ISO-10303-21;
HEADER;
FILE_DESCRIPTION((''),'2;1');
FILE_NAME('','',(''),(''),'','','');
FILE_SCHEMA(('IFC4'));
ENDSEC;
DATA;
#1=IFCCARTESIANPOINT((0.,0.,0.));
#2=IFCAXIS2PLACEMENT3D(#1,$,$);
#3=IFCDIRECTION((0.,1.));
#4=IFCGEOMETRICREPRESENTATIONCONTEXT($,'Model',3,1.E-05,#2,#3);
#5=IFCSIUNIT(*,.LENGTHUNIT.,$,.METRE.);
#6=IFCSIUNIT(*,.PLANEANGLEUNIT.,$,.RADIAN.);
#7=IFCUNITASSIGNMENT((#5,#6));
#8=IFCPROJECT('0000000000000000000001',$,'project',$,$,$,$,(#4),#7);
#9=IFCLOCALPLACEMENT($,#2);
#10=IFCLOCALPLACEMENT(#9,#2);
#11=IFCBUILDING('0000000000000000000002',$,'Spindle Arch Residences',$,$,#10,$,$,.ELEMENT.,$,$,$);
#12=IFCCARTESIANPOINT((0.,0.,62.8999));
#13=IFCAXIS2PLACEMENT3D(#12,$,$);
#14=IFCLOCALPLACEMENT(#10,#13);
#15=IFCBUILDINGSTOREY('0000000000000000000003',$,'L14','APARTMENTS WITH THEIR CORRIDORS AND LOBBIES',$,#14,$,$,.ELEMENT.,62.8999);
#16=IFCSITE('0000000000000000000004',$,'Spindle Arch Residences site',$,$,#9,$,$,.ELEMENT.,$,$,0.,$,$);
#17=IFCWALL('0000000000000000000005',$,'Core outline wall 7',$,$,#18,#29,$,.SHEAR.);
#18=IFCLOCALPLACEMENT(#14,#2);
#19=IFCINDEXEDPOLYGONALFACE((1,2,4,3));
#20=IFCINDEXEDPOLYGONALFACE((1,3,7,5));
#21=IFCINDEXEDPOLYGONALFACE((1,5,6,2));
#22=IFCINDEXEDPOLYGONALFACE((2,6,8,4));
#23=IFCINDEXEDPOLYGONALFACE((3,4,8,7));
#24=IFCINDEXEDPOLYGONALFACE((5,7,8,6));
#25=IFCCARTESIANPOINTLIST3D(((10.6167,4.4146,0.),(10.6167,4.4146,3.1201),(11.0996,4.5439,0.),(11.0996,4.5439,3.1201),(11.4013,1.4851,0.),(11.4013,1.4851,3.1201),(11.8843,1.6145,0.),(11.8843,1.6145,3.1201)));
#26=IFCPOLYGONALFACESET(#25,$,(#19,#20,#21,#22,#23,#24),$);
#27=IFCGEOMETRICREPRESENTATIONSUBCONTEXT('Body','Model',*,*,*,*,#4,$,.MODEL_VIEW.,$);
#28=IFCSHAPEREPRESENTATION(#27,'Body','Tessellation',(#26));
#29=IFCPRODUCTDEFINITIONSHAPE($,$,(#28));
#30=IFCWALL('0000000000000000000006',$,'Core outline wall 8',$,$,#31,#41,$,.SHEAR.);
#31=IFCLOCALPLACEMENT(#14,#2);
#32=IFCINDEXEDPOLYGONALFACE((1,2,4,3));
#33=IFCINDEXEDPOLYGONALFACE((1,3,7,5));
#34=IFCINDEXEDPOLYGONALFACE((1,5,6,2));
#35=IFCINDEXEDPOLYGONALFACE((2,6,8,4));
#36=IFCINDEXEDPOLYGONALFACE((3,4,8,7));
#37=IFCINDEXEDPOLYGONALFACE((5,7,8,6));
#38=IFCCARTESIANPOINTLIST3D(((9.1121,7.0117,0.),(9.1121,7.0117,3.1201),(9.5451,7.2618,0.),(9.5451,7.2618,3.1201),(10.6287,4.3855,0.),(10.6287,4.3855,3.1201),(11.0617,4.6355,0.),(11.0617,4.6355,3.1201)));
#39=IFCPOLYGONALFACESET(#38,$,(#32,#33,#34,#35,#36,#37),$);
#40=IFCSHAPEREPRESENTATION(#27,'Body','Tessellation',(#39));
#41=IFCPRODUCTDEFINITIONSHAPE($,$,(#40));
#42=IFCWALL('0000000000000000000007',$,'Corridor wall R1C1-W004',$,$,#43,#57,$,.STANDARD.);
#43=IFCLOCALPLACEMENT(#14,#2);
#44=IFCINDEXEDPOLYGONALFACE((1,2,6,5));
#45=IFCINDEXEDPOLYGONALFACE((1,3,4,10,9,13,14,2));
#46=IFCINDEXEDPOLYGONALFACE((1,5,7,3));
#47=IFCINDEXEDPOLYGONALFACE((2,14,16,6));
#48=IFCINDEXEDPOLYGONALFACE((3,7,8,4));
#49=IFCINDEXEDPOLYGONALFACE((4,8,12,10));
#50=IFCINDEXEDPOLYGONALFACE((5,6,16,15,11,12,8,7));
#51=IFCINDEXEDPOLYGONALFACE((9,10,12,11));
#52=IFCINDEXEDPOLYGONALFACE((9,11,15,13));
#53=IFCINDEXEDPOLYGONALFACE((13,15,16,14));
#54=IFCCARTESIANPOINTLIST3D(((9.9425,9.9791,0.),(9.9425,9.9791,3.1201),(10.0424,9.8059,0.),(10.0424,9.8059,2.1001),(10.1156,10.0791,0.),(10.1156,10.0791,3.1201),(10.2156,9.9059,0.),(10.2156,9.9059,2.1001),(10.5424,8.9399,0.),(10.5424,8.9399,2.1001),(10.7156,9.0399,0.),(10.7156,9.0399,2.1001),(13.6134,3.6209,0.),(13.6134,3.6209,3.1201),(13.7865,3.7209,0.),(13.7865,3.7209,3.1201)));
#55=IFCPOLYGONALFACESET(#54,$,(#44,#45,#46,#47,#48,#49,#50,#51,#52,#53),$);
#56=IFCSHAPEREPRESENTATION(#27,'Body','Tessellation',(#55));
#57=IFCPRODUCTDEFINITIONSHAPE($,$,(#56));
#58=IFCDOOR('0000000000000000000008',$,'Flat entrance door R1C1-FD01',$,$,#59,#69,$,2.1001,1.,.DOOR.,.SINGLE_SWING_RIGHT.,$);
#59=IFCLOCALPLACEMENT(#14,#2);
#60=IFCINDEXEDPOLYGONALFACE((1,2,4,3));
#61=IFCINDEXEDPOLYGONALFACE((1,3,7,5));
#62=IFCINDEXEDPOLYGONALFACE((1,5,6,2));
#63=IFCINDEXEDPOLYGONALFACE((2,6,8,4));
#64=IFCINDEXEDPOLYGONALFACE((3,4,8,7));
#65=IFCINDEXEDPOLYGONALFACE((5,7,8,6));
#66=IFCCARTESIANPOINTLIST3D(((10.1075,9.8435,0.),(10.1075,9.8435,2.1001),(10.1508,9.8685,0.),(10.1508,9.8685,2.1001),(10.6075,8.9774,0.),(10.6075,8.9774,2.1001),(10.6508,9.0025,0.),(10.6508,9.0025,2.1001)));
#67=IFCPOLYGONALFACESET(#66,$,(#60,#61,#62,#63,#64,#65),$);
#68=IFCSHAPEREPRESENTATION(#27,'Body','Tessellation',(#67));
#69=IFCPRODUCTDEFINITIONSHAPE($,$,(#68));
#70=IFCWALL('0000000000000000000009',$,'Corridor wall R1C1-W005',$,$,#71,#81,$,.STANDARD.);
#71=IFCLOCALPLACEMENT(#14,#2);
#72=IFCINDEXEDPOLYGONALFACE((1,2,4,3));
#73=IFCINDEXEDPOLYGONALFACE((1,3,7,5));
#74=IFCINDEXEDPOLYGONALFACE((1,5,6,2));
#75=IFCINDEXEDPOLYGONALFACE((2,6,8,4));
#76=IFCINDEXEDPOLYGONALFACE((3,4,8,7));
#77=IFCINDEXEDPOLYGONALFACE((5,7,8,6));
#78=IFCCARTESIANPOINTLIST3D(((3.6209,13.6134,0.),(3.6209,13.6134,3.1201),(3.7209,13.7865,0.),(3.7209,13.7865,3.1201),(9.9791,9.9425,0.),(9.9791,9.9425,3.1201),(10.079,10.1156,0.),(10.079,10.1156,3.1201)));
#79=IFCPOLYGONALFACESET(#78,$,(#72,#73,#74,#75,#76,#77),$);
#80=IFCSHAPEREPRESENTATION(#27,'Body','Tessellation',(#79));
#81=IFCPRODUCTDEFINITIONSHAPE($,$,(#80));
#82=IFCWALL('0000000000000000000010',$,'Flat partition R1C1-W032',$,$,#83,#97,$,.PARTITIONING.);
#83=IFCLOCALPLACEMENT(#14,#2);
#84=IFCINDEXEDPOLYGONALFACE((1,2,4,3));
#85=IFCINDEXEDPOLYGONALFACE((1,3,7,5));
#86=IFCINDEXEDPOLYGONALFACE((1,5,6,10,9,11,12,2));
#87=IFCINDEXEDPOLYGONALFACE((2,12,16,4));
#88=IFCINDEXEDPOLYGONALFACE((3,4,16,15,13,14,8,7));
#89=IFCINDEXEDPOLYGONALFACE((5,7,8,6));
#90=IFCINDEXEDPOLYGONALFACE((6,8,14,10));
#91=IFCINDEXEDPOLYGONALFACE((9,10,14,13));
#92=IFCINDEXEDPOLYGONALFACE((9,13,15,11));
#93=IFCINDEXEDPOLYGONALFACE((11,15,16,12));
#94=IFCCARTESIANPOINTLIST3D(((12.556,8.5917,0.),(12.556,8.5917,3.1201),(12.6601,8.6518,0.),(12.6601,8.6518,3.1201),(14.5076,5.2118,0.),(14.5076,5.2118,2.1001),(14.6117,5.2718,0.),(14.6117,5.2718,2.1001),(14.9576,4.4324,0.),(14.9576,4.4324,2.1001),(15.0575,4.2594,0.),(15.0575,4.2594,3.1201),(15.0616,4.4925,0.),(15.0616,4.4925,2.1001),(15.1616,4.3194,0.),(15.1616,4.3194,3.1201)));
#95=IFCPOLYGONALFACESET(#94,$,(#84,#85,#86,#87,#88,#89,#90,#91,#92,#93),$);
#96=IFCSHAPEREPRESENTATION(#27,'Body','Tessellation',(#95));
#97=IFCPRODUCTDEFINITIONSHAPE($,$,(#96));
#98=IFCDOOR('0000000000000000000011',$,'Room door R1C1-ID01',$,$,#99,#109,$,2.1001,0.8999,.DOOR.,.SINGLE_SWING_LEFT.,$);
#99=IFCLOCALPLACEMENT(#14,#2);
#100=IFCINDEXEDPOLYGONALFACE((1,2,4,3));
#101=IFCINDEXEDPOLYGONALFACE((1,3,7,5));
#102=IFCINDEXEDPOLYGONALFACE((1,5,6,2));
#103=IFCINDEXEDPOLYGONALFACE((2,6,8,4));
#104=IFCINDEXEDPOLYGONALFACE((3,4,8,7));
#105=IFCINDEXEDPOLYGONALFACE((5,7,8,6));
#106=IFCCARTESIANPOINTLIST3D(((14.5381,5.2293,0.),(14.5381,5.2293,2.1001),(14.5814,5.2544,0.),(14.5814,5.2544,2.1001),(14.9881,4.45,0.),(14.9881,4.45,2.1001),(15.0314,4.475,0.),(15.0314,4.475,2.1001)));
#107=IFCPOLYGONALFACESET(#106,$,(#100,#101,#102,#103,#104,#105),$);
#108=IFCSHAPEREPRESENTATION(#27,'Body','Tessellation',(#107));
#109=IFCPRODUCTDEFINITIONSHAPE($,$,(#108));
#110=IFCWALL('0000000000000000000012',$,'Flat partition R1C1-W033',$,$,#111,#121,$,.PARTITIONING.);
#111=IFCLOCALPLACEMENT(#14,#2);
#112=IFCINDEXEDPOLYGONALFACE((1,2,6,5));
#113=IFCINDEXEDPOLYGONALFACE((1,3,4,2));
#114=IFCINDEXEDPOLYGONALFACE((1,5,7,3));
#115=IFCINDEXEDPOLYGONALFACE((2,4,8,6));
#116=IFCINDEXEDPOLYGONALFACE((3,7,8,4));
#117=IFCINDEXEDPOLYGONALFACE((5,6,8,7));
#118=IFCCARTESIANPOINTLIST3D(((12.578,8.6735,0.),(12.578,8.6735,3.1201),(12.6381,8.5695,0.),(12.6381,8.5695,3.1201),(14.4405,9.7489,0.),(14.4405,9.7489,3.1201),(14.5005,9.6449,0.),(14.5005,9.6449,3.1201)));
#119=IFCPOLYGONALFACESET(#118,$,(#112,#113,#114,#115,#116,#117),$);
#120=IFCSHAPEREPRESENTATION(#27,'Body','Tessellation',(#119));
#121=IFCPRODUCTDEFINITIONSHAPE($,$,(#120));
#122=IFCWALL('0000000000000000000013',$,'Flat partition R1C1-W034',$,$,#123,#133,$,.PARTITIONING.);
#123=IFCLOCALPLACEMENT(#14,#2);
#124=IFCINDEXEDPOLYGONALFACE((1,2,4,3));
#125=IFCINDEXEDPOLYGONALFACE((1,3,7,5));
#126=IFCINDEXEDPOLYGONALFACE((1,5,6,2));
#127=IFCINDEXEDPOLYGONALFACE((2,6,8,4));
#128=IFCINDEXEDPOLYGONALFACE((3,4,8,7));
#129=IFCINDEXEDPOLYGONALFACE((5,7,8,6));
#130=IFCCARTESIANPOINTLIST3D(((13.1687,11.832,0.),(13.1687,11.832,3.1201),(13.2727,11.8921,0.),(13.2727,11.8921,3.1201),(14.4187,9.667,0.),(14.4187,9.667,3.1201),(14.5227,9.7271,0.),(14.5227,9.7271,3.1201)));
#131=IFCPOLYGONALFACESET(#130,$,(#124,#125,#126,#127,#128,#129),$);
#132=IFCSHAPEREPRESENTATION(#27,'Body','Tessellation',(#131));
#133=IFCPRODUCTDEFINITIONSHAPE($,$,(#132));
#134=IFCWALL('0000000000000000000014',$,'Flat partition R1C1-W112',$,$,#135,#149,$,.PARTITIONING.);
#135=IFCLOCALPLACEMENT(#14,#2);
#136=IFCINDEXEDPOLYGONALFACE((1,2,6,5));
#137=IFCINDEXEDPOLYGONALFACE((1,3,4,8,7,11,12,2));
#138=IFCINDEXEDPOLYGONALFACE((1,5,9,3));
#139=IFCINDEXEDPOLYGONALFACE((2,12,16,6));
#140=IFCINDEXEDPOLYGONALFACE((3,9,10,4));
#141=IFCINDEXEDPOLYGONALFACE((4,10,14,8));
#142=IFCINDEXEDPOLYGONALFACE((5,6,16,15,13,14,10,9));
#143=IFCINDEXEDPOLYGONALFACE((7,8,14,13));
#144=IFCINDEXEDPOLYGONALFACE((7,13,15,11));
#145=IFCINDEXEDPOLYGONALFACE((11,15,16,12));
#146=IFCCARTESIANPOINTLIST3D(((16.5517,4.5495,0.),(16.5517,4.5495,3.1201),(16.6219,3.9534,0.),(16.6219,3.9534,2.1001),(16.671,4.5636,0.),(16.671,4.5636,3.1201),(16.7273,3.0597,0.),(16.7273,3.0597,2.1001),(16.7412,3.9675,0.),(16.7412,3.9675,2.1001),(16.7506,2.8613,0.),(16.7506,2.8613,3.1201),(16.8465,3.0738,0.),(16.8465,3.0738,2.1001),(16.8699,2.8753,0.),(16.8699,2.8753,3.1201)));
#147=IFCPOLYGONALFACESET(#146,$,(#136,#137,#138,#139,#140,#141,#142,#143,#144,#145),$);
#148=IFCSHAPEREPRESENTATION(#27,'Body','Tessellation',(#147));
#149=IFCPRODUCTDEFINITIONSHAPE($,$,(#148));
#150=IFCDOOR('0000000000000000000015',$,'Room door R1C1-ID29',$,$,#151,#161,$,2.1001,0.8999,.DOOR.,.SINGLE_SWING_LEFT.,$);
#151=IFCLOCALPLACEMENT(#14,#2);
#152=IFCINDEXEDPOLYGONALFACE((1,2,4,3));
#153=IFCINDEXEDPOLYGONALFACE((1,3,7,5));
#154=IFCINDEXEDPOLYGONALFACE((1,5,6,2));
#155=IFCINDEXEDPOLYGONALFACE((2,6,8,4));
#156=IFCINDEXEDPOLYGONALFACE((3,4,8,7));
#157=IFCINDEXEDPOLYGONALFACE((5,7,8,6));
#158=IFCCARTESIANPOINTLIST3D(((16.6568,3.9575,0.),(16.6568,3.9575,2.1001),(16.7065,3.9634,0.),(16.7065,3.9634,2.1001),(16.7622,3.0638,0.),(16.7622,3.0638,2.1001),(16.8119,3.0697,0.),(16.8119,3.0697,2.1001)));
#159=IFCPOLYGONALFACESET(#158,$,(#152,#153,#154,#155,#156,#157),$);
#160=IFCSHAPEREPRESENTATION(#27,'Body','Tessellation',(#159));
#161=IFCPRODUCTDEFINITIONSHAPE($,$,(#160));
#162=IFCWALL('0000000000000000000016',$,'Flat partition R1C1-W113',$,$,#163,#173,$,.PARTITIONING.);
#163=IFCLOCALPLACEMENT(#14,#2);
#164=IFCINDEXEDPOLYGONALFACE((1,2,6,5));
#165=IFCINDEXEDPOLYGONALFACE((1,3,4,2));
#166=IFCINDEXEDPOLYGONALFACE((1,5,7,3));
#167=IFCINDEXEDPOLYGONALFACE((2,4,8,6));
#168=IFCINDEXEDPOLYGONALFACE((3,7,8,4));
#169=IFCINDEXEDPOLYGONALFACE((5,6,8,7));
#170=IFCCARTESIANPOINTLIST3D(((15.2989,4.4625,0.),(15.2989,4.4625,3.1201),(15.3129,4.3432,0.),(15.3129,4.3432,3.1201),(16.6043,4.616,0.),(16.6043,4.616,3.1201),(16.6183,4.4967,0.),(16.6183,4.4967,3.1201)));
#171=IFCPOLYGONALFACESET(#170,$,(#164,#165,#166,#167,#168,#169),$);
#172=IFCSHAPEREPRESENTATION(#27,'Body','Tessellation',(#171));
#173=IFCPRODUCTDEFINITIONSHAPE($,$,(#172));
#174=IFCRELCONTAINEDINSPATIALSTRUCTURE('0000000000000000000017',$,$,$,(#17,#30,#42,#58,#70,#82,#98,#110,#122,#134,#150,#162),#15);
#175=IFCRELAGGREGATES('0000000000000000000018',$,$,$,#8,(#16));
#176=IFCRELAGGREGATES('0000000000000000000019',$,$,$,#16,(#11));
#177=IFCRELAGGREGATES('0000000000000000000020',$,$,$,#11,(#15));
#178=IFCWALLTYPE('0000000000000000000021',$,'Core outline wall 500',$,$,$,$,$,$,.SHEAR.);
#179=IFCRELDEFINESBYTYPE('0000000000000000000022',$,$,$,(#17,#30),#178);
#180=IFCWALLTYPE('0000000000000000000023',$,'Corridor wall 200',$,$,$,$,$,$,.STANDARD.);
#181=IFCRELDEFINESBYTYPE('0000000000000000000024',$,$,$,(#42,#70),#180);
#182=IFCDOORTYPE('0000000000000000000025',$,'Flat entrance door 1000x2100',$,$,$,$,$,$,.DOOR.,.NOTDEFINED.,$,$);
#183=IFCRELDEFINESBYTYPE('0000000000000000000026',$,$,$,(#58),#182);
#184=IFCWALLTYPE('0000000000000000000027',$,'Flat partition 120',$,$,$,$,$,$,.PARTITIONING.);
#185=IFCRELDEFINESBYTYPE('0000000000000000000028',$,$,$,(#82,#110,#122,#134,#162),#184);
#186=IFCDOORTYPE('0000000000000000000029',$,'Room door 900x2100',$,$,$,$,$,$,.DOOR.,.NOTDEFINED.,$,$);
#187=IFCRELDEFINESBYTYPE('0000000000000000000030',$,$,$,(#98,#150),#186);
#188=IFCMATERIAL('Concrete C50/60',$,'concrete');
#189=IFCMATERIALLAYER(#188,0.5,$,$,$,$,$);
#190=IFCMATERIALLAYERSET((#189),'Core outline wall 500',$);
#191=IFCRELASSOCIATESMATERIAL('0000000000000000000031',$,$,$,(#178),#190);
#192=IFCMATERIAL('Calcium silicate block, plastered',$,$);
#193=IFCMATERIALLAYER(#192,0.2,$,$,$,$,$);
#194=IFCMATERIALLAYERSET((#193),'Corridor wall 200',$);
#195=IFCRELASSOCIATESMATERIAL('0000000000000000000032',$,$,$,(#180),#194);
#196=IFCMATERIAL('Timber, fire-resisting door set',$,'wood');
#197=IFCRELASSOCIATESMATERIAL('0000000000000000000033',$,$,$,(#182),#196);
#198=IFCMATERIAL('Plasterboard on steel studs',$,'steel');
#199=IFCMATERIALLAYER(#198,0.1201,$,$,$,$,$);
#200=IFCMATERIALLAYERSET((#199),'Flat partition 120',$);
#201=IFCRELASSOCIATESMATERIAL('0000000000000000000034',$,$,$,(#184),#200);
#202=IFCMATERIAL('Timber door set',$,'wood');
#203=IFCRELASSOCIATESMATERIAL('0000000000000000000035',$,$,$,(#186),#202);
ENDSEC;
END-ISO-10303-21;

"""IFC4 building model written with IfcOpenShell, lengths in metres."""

from ifc_helpers import new_model, si_unit, direction, frame, frame_2d, origin, place, context, subcontext, project, spatial, rectangle, extrude, material, layer, layer_set, type_object, element, fill, save


model = new_model("IFC4")

# Units and contexts
model_context = context("Model", 3, precision=1e-05, world=origin(), true_north=direction((0.0, 1.0)))
body_context = subcontext(model_context, "Body", "Model", "MODEL_VIEW")
ifc_project = project(units=[si_unit("LENGTHUNIT", "METRE"), si_unit("PLANEANGLEUNIT", "RADIAN")], contexts=[model_context])

# Site, building, storey
site_placement = place(None, origin())
site = spatial("IfcSite", under=ifc_project, at=site_placement, Name="Spindle Arch Residences site", CompositionType="ELEMENT", RefElevation=0.0)
building_placement = place(site_placement, origin())
building = spatial("IfcBuilding", under=site, at=building_placement, Name="Spindle Arch Residences", CompositionType="ELEMENT")
storey_placement = place(building_placement, frame((0.0, 0.0, 62.8999)))
storey = spatial("IfcBuildingStorey", under=building, at=storey_placement, Name="L14", Description="APARTMENTS WITH THEIR CORRIDORS AND LOBBIES", CompositionType="ELEMENT", Elevation=62.8999)

# Walls
ifc_material_1 = material(Name="Concrete C50/60", Category="concrete")
ifc_layer_1 = layer(ifc_material_1, 0.5)
ifc_layer_set_1 = layer_set([ifc_layer_1], Name="Core outline wall 500")
wall_type_1 = type_object("IfcWallType", Name="Core outline wall 500", PredefinedType="SHEAR", material=ifc_layer_set_1)
for number, where, z_axis, x_axis, name in (
    (1, (11.6428, 1.5498, 0.0), (0.0, 0.0, 1.0), (-0.258735, 0.965948, 0.0), "Core outline wall 7"),
    (2, (10.8452, 4.5105, 0.0), (0.0, 0.0, 1.0), (-0.500087, 0.865975, 0.0), "Core outline wall 8"),
):
    element("IfcWall", number, at=place(storey_placement, frame(where, z_axis=z_axis, x_axis=x_axis)), inside=storey, type_object=wall_type_1, Name=name, PredefinedType="SHEAR", context=body_context, shape_type="SweptSolid", body=[
        extrude(rectangle(XDim=3.0327, YDim=0.5, at=frame_2d((1.5164, 0.0))), origin(), (0.0, 0.0, 1.0), 3.1201),
    ])

# Wall, opening, door
ifc_material_2 = material(Name="Calcium silicate block, plastered")
ifc_layer_2 = layer(ifc_material_2, 0.2)
ifc_layer_set_2 = layer_set([ifc_layer_2], Name="Corridor wall 200")
wall_type_2 = type_object("IfcWallType", Name="Corridor wall 200", PredefinedType="STANDARD", material=ifc_layer_set_2)
wall_1_placement = place(storey_placement, frame((13.7, 3.6709, 0.0), z_axis=(0.0, 0.0, 1.0), x_axis=(-0.500002, 0.866024, 0.0)))
wall_1 = element("IfcWall", 3, at=wall_1_placement, inside=storey, type_object=wall_type_2, Name="Corridor wall R1C1-W004", PredefinedType="STANDARD", context=body_context, shape_type="SweptSolid", body=[
    extrude(rectangle(XDim=7.3418, YDim=0.2, at=frame_2d((3.6709, 0.0))), origin(), (0.0, 0.0, 1.0), 3.1201),
])
opening_1_placement = place(wall_1_placement, frame((6.1418, 0.0, 0.0)))
opening_1 = element("IfcOpeningElement", 4, at=opening_1_placement, cuts=wall_1, PredefinedType="OPENING", context=body_context, shape_type="SweptSolid", body=[
    extrude(rectangle(XDim=1.0, YDim=2.1001, at=frame_2d((0.5, 1.05))), frame((0.0, 0.1099, 0.0), z_axis=(0.0, -1.0, 0.0), x_axis=(1.0, 0.0, 0.0)), (0.0, 0.0, 1.0), 0.22),
])
ifc_material_3 = material(Name="Timber, fire-resisting door set", Category="wood")
door_type_1 = type_object("IfcDoorType", Name="Flat entrance door 1000x2100", OperationType="NOTDEFINED", PredefinedType="DOOR", material=ifc_material_3)
door_1_placement = place(opening_1_placement, origin())
door_1 = element("IfcDoor", 5, at=door_1_placement, inside=storey, type_object=door_type_1, Name="Flat entrance door R1C1-FD01", OperationType="SINGLE_SWING_RIGHT", OverallHeight=2.1001, OverallWidth=1.0, PredefinedType="DOOR", context=body_context, shape_type="SweptSolid", body=[
    extrude(rectangle(XDim=1.0, YDim=2.1001, at=frame_2d((0.5, 1.05))), frame((0.0, 0.0249, 0.0), z_axis=(0.0, -1.0, 0.0), x_axis=(1.0, 0.0, 0.0)), (0.0, 0.0, 1.0), 0.05),
])
fill(opening_1, door_1)

# Wall
wall_2_placement = place(storey_placement, frame((10.0291, 10.0291, 0.0), z_axis=(0.0, 0.0, 1.0), x_axis=(-0.866024, 0.500002, 0.0)))
element("IfcWall", 6, at=wall_2_placement, inside=storey, type_object=wall_type_2, Name="Corridor wall R1C1-W005", PredefinedType="STANDARD", context=body_context, shape_type="SweptSolid", body=[
    extrude(rectangle(XDim=7.3418, YDim=0.2, at=frame_2d((3.6709, 0.0))), origin(), (0.0, 0.0, 1.0), 3.1201),
])

# Wall, opening, door
ifc_material_4 = material(Name="Plasterboard on steel studs", Category="steel")
ifc_layer_3 = layer(ifc_material_4, 0.1201)
ifc_layer_set_3 = layer_set([ifc_layer_3], Name="Flat partition 120")
wall_type_3 = type_object("IfcWallType", Name="Flat partition 120", PredefinedType="PARTITIONING", material=ifc_layer_set_3)
wall_3_placement = place(storey_placement, frame((15.1096, 4.2893, 0.0), z_axis=(0.0, 0.0, 1.0), x_axis=(-0.500034, 0.866006, 0.0)))
wall_3 = element("IfcWall", 7, at=wall_3_placement, inside=storey, type_object=wall_type_3, Name="Flat partition R1C1-W032", PredefinedType="PARTITIONING", context=body_context, shape_type="SweptSolid", body=[
    extrude(rectangle(XDim=5.0027, YDim=0.1201, at=frame_2d((2.5015, 0.0))), origin(), (0.0, 0.0, 1.0), 3.1201),
])
opening_2_placement = place(wall_3_placement, frame((0.2, 0.0, 0.0)))
opening_2 = element("IfcOpeningElement", 8, at=opening_2_placement, cuts=wall_3, PredefinedType="OPENING", context=body_context, shape_type="SweptSolid", body=[
    extrude(rectangle(XDim=0.8999, YDim=2.1001, at=frame_2d((0.45, 1.05))), frame((0.0, 0.0701, 0.0), z_axis=(0.0, -1.0, 0.0), x_axis=(1.0, 0.0, 0.0)), (0.0, 0.0, 1.0), 0.1401),
])
ifc_material_5 = material(Name="Timber door set", Category="wood")
door_type_2 = type_object("IfcDoorType", Name="Room door 900x2100", OperationType="NOTDEFINED", PredefinedType="DOOR", material=ifc_material_5)
door_2_placement = place(opening_2_placement, origin())
door_2 = element("IfcDoor", 9, at=door_2_placement, inside=storey, type_object=door_type_2, Name="Room door R1C1-ID01", OperationType="SINGLE_SWING_LEFT", OverallHeight=2.1001, OverallWidth=0.8999, PredefinedType="DOOR", context=body_context, shape_type="SweptSolid", body=[
    extrude(rectangle(XDim=0.8999, YDim=2.1001, at=frame_2d((0.45, 1.05))), frame((0.0, 0.0249, 0.0), z_axis=(0.0, -1.0, 0.0), x_axis=(1.0, 0.0, 0.0)), (0.0, 0.0, 1.0), 0.05),
])
fill(opening_2, door_2)

# Walls
wall_4_placement = place(storey_placement, frame((12.6082, 8.6216, 0.0), z_axis=(0.0, 0.0, 1.0), x_axis=(0.866006, 0.500034, 0.0)))
element("IfcWall", 10, at=wall_4_placement, inside=storey, type_object=wall_type_3, Name="Flat partition R1C1-W033", PredefinedType="PARTITIONING", context=body_context, shape_type="SweptSolid", body=[
    extrude(rectangle(XDim=2.1506, YDim=0.1201, at=frame_2d((1.0752, 0.0))), origin(), (0.0, 0.0, 1.0), 3.1201),
])
wall_5_placement = place(storey_placement, frame((14.4707, 9.697, 0.0), z_axis=(0.0, 0.0, 1.0), x_axis=(-0.500004, 0.866023, 0.0)))
element("IfcWall", 11, at=wall_5_placement, inside=storey, type_object=wall_type_3, Name="Flat partition R1C1-W034", PredefinedType="PARTITIONING", context=body_context, shape_type="SweptSolid", body=[
    extrude(rectangle(XDim=2.5, YDim=0.1201, at=frame_2d((1.25, 0.0))), origin(), (0.0, 0.0, 1.0), 3.1201),
])

# Wall, opening, door
wall_6_placement = place(storey_placement, frame((16.8103, 2.8682, 0.0), z_axis=(0.0, 0.0, 1.0), x_axis=(-0.11705, 0.993126, 0.0)))
wall_6 = element("IfcWall", 12, at=wall_6_placement, inside=storey, type_object=wall_type_3, Name="Flat partition R1C1-W112", PredefinedType="PARTITIONING", context=body_context, shape_type="SweptSolid", body=[
    extrude(rectangle(XDim=1.7, YDim=0.1201, at=frame_2d((0.8501, 0.0))), origin(), (0.0, 0.0, 1.0), 3.1201),
])
opening_3_placement = place(wall_6_placement, frame((0.2, 0.0, 0.0)))
opening_3 = element("IfcOpeningElement", 13, at=opening_3_placement, cuts=wall_6, PredefinedType="OPENING", context=body_context, shape_type="SweptSolid", body=[
    extrude(rectangle(XDim=0.8999, YDim=2.1001, at=frame_2d((0.45, 1.05))), frame((0.0, 0.0701, 0.0), z_axis=(0.0, -1.0, 0.0), x_axis=(1.0, 0.0, 0.0)), (0.0, 0.0, 1.0), 0.1401),
])
door_3_placement = place(opening_3_placement, origin())
door_3 = element("IfcDoor", 14, at=door_3_placement, inside=storey, type_object=door_type_2, Name="Room door R1C1-ID29", OperationType="SINGLE_SWING_LEFT", OverallHeight=2.1001, OverallWidth=0.8999, PredefinedType="DOOR", context=body_context, shape_type="SweptSolid", body=[
    extrude(rectangle(XDim=0.8999, YDim=2.1001, at=frame_2d((0.45, 1.05))), frame((0.0, 0.0249, 0.0), z_axis=(0.0, -1.0, 0.0), x_axis=(1.0, 0.0, 0.0)), (0.0, 0.0, 1.0), 0.05),
])
fill(opening_3, door_3)

# Wall
wall_7_placement = place(storey_placement, frame((16.6113, 4.5564, 0.0), z_axis=(0.0, 0.0, 1.0), x_axis=(-0.993152, -0.11683, 0.0)))
element("IfcWall", 15, at=wall_7_placement, inside=storey, type_object=wall_type_3, Name="Flat partition R1C1-W113", PredefinedType="PARTITIONING", context=body_context, shape_type="SweptSolid", body=[
    extrude(rectangle(XDim=1.3145, YDim=0.1201, at=frame_2d((0.6572, 0.0))), origin(), (0.0, 0.0, 1.0), 3.1201),
])

save(model, "model.ifc")
